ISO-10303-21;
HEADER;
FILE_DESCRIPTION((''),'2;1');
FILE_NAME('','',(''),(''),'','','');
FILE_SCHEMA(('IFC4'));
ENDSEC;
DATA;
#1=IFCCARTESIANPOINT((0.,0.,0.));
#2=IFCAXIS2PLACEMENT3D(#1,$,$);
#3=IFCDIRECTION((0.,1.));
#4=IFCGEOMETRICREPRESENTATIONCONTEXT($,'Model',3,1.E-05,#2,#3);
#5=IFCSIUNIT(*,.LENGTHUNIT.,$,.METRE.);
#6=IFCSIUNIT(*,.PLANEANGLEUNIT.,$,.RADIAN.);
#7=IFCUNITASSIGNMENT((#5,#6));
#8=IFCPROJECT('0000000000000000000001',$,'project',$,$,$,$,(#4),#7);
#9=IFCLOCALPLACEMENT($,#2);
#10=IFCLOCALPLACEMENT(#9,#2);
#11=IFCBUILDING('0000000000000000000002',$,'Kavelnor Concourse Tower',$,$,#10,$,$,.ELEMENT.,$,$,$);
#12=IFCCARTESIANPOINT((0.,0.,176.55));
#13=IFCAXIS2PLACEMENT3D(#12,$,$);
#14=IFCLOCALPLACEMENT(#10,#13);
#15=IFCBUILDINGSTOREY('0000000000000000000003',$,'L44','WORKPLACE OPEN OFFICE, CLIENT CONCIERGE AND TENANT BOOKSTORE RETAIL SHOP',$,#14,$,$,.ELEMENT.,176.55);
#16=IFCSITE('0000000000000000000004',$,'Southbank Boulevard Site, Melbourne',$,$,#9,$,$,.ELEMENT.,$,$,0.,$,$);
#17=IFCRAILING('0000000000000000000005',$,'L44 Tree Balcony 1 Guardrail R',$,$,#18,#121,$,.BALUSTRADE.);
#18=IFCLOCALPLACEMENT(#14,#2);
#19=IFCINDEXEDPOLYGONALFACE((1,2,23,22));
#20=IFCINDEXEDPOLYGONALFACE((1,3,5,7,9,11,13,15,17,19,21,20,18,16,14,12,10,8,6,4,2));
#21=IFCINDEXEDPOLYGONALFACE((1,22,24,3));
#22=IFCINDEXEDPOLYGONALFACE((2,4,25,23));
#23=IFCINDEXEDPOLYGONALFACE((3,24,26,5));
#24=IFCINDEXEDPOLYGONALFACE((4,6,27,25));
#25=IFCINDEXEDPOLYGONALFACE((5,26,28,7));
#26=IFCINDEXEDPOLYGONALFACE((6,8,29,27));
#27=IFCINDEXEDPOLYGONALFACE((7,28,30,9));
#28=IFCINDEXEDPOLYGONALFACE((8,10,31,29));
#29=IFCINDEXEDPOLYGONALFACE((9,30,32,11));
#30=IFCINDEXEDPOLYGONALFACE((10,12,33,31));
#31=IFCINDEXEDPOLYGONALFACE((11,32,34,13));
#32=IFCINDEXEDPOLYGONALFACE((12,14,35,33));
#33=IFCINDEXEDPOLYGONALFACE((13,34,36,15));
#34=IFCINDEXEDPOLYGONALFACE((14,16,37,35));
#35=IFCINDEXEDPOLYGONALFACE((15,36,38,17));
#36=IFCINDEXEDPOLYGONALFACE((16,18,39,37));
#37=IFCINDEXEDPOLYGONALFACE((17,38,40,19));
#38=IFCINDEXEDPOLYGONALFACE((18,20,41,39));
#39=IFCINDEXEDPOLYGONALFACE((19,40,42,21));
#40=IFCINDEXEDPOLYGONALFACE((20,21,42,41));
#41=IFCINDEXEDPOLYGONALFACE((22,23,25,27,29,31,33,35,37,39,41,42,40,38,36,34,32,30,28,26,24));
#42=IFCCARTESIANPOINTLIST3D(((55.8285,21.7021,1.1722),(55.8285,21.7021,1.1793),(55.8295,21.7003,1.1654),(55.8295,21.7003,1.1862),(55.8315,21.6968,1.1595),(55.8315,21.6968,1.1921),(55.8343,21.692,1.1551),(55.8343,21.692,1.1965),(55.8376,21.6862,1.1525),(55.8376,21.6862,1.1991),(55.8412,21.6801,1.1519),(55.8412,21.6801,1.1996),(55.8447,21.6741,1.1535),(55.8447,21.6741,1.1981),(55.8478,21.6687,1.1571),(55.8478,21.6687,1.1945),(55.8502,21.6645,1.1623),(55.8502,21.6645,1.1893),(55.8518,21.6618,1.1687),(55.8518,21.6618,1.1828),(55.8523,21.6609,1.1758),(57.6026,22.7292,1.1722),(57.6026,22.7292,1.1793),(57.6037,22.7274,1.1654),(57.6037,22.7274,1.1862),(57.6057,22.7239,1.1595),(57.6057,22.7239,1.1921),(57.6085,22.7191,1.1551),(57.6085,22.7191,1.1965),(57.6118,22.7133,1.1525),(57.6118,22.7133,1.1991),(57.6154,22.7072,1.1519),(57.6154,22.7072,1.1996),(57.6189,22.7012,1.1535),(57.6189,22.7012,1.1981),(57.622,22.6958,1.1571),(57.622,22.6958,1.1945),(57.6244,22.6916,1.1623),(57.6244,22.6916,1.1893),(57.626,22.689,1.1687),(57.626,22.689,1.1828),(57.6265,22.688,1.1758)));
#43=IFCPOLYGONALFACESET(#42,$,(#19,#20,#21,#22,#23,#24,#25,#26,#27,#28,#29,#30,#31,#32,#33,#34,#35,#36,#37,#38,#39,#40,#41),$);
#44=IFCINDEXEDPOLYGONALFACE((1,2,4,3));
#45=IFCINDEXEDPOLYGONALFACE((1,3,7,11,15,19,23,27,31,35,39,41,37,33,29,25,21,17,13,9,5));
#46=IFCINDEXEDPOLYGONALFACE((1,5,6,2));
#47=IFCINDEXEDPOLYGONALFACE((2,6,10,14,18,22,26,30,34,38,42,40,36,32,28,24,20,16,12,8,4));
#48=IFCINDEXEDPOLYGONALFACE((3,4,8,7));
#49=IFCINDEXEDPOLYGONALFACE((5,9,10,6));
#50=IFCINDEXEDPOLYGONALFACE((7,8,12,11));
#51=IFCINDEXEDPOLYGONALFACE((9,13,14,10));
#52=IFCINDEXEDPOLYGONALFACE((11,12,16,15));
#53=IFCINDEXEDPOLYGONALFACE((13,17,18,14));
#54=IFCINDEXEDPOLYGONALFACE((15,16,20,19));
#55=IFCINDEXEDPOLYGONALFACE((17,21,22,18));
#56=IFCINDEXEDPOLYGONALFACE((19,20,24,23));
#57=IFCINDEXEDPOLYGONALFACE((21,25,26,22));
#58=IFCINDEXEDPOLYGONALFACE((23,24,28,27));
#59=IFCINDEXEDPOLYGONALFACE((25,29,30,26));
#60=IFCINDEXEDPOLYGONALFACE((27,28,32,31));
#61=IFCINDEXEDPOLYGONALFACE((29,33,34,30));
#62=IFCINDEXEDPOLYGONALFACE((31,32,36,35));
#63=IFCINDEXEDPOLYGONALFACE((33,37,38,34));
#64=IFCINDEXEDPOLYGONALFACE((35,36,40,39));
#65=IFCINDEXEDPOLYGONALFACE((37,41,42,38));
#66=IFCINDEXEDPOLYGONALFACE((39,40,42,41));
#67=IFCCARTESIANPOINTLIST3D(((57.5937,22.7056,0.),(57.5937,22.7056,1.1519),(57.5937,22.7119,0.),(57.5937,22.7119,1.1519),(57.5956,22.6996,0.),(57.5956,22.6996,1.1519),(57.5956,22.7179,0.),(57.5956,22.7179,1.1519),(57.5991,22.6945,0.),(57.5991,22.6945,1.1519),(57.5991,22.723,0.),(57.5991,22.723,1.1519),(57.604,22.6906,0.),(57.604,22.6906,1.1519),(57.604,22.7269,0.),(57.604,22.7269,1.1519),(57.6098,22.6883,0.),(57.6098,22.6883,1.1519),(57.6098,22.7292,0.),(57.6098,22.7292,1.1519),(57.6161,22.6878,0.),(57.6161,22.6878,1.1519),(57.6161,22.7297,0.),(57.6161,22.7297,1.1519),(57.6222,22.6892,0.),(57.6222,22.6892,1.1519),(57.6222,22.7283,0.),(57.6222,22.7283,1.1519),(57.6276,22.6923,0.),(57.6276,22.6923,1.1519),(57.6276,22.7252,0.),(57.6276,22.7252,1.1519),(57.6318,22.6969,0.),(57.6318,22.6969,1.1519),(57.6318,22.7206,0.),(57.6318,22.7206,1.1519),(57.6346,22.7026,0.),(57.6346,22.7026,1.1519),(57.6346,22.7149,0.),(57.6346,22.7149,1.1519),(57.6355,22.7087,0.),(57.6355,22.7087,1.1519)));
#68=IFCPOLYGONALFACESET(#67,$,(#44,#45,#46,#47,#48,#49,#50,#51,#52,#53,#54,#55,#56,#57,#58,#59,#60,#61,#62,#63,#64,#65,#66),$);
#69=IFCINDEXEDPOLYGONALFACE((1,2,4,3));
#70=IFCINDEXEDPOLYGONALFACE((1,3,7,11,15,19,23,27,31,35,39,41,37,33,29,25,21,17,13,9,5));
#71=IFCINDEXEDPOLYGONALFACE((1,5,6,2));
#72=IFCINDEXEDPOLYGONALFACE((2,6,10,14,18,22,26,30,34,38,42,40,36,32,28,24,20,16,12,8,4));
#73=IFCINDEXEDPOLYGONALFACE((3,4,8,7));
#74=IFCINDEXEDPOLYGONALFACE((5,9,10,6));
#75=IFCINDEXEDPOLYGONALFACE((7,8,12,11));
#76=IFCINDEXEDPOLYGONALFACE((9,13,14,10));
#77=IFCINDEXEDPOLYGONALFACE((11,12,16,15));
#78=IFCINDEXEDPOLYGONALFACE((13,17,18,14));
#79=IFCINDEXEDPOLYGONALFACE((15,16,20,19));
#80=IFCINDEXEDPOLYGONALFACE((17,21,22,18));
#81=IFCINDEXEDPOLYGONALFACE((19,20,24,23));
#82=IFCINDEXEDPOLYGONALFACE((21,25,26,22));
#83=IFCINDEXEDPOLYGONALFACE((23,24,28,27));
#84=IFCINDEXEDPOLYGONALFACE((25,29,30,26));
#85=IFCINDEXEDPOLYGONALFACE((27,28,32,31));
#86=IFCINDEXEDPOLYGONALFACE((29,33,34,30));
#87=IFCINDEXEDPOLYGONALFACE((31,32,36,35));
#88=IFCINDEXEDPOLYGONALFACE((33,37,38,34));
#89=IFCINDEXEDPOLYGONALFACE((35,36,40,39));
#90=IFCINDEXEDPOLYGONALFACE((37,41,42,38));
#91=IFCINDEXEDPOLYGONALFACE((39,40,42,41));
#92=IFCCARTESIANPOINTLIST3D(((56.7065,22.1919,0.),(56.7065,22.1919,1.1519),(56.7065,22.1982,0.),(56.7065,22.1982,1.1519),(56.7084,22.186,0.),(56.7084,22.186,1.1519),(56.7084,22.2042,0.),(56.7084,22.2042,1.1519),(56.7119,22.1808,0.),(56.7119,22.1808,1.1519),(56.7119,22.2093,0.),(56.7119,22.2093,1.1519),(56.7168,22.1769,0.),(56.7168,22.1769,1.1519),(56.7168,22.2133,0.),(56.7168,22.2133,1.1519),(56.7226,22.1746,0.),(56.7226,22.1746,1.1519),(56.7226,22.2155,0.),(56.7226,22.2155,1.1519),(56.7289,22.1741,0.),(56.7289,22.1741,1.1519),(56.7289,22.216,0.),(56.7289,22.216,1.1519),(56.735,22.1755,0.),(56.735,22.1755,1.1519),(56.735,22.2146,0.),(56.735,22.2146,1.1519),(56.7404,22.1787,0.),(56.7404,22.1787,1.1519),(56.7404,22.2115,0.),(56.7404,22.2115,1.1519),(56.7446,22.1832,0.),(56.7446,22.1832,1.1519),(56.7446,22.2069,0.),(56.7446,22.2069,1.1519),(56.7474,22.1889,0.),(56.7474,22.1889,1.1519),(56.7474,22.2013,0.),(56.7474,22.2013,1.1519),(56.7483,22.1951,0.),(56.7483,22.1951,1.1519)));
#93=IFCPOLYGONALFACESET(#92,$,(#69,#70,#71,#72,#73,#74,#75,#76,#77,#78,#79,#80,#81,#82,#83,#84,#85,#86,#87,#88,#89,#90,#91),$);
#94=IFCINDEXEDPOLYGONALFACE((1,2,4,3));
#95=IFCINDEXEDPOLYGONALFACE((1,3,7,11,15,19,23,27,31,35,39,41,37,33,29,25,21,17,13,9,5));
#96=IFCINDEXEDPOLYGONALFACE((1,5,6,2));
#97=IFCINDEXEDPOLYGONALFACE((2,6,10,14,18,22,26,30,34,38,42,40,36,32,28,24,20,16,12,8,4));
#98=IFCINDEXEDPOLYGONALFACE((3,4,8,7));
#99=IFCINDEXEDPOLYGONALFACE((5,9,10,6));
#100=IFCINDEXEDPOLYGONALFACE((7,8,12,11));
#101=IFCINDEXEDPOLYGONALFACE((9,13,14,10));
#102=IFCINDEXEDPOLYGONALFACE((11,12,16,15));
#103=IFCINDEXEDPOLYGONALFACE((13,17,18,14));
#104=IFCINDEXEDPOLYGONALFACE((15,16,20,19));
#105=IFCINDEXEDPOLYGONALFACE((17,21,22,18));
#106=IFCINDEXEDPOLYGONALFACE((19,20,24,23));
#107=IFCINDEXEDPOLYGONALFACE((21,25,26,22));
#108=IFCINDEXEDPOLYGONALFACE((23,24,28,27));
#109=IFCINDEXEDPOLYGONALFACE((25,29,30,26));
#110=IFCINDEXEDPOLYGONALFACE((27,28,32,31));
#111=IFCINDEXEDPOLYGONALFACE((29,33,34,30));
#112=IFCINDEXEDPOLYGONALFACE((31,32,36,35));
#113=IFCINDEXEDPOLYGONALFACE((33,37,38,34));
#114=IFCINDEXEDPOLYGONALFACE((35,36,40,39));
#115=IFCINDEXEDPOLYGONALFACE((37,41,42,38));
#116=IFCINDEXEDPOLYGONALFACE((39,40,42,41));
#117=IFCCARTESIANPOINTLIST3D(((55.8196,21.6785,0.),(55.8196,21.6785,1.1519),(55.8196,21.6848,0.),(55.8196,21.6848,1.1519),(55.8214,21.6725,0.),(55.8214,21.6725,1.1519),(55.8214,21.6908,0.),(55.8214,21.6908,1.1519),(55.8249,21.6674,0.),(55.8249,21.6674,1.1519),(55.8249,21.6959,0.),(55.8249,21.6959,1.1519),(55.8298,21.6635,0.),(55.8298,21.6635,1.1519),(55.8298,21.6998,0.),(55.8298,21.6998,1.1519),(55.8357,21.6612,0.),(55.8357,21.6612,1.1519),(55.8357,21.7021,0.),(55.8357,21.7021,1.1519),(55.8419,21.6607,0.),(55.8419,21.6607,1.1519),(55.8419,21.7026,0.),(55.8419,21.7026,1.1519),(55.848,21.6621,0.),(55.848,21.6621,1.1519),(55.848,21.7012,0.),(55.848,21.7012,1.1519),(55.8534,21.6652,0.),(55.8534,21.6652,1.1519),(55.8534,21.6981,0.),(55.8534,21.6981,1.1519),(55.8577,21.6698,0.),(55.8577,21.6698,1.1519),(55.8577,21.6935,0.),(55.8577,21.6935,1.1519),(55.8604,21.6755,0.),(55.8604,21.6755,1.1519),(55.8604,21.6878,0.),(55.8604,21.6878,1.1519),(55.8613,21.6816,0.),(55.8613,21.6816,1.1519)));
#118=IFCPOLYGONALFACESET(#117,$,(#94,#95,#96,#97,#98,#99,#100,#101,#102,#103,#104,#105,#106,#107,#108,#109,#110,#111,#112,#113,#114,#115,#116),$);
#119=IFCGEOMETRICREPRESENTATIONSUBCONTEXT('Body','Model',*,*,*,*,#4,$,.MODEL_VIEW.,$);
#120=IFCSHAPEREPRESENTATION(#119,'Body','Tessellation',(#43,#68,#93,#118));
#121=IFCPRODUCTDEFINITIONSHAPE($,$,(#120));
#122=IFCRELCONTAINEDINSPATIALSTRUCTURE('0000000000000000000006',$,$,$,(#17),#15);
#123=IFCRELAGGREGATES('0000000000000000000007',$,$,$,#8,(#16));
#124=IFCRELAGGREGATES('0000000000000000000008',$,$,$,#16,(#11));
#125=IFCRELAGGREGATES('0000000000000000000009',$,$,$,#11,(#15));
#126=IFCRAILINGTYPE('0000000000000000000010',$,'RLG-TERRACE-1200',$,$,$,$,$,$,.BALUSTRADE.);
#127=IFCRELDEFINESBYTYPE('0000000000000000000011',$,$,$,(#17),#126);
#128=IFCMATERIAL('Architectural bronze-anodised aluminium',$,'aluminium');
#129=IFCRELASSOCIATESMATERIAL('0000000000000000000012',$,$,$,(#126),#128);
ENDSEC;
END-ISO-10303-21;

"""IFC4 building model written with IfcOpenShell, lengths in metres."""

from ifc_helpers import new_model, si_unit, direction, frame, origin, origin_2d, place, context, subcontext, project, spatial, circle, extrude, material, type_object, element, save


model = new_model("IFC4")

# Units and contexts
model_context = context("Model", 3, precision=1e-05, world=origin(), true_north=direction((0.0, 1.0)))
body_context = subcontext(model_context, "Body", "Model", "MODEL_VIEW")
ifc_project = project(units=[si_unit("LENGTHUNIT", "METRE"), si_unit("PLANEANGLEUNIT", "RADIAN")], contexts=[model_context])

# Site, building, storey
site_placement = place(None, origin())
site = spatial("IfcSite", under=ifc_project, at=site_placement, Name="Southbank Boulevard Site, Melbourne", CompositionType="ELEMENT", RefElevation=0.0)
building_placement = place(site_placement, origin())
building = spatial("IfcBuilding", under=site, at=building_placement, Name="Kavelnor Concourse Tower", CompositionType="ELEMENT")
storey_placement = place(building_placement, frame((0.0, 0.0, 176.55)))
storey = spatial("IfcBuildingStorey", under=building, at=storey_placement, Name="L44", Description="WORKPLACE OPEN OFFICE, CLIENT CONCIERGE AND TENANT BOOKSTORE RETAIL SHOP", CompositionType="ELEMENT", Elevation=176.55)

# Railing
ifc_material_1 = material(Name="Architectural bronze-anodised aluminium", Category="aluminium")
railing_type_1 = type_object("IfcRailingType", Name="RLG-TERRACE-1200", PredefinedType="BALUSTRADE", material=ifc_material_1)
railing_1_placement = place(storey_placement, frame((57.6145, 22.7087, 0.0)))
element("IfcRailing", 1, at=railing_1_placement, inside=storey, type_object=railing_type_1, Name="L44 Tree Balcony 1 Guardrail R", PredefinedType="BALUSTRADE", context=body_context, shape_type="SweptSolid", body=[
    extrude(circle(Radius=0.0239, at=origin_2d()), frame((0.0, 0.0, 1.1758), z_axis=(-0.865437, -0.501017, 0.0), x_axis=(0.501017, -0.865437, 0.0)), (0.0, 0.0, 1.0), 2.05),
    extrude(circle(Radius=0.021, at=origin_2d()), origin(), (0.0, 0.0, 1.0), 1.1519),
    extrude(circle(Radius=0.021, at=origin_2d()), frame((-0.8872, -0.5137, 0.0)), (0.0, 0.0, 1.0), 1.1519),
    extrude(circle(Radius=0.021, at=origin_2d()), frame((-1.7742, -1.0271, 0.0)), (0.0, 0.0, 1.0), 1.1519),
])

save(model, "model.ifc")
